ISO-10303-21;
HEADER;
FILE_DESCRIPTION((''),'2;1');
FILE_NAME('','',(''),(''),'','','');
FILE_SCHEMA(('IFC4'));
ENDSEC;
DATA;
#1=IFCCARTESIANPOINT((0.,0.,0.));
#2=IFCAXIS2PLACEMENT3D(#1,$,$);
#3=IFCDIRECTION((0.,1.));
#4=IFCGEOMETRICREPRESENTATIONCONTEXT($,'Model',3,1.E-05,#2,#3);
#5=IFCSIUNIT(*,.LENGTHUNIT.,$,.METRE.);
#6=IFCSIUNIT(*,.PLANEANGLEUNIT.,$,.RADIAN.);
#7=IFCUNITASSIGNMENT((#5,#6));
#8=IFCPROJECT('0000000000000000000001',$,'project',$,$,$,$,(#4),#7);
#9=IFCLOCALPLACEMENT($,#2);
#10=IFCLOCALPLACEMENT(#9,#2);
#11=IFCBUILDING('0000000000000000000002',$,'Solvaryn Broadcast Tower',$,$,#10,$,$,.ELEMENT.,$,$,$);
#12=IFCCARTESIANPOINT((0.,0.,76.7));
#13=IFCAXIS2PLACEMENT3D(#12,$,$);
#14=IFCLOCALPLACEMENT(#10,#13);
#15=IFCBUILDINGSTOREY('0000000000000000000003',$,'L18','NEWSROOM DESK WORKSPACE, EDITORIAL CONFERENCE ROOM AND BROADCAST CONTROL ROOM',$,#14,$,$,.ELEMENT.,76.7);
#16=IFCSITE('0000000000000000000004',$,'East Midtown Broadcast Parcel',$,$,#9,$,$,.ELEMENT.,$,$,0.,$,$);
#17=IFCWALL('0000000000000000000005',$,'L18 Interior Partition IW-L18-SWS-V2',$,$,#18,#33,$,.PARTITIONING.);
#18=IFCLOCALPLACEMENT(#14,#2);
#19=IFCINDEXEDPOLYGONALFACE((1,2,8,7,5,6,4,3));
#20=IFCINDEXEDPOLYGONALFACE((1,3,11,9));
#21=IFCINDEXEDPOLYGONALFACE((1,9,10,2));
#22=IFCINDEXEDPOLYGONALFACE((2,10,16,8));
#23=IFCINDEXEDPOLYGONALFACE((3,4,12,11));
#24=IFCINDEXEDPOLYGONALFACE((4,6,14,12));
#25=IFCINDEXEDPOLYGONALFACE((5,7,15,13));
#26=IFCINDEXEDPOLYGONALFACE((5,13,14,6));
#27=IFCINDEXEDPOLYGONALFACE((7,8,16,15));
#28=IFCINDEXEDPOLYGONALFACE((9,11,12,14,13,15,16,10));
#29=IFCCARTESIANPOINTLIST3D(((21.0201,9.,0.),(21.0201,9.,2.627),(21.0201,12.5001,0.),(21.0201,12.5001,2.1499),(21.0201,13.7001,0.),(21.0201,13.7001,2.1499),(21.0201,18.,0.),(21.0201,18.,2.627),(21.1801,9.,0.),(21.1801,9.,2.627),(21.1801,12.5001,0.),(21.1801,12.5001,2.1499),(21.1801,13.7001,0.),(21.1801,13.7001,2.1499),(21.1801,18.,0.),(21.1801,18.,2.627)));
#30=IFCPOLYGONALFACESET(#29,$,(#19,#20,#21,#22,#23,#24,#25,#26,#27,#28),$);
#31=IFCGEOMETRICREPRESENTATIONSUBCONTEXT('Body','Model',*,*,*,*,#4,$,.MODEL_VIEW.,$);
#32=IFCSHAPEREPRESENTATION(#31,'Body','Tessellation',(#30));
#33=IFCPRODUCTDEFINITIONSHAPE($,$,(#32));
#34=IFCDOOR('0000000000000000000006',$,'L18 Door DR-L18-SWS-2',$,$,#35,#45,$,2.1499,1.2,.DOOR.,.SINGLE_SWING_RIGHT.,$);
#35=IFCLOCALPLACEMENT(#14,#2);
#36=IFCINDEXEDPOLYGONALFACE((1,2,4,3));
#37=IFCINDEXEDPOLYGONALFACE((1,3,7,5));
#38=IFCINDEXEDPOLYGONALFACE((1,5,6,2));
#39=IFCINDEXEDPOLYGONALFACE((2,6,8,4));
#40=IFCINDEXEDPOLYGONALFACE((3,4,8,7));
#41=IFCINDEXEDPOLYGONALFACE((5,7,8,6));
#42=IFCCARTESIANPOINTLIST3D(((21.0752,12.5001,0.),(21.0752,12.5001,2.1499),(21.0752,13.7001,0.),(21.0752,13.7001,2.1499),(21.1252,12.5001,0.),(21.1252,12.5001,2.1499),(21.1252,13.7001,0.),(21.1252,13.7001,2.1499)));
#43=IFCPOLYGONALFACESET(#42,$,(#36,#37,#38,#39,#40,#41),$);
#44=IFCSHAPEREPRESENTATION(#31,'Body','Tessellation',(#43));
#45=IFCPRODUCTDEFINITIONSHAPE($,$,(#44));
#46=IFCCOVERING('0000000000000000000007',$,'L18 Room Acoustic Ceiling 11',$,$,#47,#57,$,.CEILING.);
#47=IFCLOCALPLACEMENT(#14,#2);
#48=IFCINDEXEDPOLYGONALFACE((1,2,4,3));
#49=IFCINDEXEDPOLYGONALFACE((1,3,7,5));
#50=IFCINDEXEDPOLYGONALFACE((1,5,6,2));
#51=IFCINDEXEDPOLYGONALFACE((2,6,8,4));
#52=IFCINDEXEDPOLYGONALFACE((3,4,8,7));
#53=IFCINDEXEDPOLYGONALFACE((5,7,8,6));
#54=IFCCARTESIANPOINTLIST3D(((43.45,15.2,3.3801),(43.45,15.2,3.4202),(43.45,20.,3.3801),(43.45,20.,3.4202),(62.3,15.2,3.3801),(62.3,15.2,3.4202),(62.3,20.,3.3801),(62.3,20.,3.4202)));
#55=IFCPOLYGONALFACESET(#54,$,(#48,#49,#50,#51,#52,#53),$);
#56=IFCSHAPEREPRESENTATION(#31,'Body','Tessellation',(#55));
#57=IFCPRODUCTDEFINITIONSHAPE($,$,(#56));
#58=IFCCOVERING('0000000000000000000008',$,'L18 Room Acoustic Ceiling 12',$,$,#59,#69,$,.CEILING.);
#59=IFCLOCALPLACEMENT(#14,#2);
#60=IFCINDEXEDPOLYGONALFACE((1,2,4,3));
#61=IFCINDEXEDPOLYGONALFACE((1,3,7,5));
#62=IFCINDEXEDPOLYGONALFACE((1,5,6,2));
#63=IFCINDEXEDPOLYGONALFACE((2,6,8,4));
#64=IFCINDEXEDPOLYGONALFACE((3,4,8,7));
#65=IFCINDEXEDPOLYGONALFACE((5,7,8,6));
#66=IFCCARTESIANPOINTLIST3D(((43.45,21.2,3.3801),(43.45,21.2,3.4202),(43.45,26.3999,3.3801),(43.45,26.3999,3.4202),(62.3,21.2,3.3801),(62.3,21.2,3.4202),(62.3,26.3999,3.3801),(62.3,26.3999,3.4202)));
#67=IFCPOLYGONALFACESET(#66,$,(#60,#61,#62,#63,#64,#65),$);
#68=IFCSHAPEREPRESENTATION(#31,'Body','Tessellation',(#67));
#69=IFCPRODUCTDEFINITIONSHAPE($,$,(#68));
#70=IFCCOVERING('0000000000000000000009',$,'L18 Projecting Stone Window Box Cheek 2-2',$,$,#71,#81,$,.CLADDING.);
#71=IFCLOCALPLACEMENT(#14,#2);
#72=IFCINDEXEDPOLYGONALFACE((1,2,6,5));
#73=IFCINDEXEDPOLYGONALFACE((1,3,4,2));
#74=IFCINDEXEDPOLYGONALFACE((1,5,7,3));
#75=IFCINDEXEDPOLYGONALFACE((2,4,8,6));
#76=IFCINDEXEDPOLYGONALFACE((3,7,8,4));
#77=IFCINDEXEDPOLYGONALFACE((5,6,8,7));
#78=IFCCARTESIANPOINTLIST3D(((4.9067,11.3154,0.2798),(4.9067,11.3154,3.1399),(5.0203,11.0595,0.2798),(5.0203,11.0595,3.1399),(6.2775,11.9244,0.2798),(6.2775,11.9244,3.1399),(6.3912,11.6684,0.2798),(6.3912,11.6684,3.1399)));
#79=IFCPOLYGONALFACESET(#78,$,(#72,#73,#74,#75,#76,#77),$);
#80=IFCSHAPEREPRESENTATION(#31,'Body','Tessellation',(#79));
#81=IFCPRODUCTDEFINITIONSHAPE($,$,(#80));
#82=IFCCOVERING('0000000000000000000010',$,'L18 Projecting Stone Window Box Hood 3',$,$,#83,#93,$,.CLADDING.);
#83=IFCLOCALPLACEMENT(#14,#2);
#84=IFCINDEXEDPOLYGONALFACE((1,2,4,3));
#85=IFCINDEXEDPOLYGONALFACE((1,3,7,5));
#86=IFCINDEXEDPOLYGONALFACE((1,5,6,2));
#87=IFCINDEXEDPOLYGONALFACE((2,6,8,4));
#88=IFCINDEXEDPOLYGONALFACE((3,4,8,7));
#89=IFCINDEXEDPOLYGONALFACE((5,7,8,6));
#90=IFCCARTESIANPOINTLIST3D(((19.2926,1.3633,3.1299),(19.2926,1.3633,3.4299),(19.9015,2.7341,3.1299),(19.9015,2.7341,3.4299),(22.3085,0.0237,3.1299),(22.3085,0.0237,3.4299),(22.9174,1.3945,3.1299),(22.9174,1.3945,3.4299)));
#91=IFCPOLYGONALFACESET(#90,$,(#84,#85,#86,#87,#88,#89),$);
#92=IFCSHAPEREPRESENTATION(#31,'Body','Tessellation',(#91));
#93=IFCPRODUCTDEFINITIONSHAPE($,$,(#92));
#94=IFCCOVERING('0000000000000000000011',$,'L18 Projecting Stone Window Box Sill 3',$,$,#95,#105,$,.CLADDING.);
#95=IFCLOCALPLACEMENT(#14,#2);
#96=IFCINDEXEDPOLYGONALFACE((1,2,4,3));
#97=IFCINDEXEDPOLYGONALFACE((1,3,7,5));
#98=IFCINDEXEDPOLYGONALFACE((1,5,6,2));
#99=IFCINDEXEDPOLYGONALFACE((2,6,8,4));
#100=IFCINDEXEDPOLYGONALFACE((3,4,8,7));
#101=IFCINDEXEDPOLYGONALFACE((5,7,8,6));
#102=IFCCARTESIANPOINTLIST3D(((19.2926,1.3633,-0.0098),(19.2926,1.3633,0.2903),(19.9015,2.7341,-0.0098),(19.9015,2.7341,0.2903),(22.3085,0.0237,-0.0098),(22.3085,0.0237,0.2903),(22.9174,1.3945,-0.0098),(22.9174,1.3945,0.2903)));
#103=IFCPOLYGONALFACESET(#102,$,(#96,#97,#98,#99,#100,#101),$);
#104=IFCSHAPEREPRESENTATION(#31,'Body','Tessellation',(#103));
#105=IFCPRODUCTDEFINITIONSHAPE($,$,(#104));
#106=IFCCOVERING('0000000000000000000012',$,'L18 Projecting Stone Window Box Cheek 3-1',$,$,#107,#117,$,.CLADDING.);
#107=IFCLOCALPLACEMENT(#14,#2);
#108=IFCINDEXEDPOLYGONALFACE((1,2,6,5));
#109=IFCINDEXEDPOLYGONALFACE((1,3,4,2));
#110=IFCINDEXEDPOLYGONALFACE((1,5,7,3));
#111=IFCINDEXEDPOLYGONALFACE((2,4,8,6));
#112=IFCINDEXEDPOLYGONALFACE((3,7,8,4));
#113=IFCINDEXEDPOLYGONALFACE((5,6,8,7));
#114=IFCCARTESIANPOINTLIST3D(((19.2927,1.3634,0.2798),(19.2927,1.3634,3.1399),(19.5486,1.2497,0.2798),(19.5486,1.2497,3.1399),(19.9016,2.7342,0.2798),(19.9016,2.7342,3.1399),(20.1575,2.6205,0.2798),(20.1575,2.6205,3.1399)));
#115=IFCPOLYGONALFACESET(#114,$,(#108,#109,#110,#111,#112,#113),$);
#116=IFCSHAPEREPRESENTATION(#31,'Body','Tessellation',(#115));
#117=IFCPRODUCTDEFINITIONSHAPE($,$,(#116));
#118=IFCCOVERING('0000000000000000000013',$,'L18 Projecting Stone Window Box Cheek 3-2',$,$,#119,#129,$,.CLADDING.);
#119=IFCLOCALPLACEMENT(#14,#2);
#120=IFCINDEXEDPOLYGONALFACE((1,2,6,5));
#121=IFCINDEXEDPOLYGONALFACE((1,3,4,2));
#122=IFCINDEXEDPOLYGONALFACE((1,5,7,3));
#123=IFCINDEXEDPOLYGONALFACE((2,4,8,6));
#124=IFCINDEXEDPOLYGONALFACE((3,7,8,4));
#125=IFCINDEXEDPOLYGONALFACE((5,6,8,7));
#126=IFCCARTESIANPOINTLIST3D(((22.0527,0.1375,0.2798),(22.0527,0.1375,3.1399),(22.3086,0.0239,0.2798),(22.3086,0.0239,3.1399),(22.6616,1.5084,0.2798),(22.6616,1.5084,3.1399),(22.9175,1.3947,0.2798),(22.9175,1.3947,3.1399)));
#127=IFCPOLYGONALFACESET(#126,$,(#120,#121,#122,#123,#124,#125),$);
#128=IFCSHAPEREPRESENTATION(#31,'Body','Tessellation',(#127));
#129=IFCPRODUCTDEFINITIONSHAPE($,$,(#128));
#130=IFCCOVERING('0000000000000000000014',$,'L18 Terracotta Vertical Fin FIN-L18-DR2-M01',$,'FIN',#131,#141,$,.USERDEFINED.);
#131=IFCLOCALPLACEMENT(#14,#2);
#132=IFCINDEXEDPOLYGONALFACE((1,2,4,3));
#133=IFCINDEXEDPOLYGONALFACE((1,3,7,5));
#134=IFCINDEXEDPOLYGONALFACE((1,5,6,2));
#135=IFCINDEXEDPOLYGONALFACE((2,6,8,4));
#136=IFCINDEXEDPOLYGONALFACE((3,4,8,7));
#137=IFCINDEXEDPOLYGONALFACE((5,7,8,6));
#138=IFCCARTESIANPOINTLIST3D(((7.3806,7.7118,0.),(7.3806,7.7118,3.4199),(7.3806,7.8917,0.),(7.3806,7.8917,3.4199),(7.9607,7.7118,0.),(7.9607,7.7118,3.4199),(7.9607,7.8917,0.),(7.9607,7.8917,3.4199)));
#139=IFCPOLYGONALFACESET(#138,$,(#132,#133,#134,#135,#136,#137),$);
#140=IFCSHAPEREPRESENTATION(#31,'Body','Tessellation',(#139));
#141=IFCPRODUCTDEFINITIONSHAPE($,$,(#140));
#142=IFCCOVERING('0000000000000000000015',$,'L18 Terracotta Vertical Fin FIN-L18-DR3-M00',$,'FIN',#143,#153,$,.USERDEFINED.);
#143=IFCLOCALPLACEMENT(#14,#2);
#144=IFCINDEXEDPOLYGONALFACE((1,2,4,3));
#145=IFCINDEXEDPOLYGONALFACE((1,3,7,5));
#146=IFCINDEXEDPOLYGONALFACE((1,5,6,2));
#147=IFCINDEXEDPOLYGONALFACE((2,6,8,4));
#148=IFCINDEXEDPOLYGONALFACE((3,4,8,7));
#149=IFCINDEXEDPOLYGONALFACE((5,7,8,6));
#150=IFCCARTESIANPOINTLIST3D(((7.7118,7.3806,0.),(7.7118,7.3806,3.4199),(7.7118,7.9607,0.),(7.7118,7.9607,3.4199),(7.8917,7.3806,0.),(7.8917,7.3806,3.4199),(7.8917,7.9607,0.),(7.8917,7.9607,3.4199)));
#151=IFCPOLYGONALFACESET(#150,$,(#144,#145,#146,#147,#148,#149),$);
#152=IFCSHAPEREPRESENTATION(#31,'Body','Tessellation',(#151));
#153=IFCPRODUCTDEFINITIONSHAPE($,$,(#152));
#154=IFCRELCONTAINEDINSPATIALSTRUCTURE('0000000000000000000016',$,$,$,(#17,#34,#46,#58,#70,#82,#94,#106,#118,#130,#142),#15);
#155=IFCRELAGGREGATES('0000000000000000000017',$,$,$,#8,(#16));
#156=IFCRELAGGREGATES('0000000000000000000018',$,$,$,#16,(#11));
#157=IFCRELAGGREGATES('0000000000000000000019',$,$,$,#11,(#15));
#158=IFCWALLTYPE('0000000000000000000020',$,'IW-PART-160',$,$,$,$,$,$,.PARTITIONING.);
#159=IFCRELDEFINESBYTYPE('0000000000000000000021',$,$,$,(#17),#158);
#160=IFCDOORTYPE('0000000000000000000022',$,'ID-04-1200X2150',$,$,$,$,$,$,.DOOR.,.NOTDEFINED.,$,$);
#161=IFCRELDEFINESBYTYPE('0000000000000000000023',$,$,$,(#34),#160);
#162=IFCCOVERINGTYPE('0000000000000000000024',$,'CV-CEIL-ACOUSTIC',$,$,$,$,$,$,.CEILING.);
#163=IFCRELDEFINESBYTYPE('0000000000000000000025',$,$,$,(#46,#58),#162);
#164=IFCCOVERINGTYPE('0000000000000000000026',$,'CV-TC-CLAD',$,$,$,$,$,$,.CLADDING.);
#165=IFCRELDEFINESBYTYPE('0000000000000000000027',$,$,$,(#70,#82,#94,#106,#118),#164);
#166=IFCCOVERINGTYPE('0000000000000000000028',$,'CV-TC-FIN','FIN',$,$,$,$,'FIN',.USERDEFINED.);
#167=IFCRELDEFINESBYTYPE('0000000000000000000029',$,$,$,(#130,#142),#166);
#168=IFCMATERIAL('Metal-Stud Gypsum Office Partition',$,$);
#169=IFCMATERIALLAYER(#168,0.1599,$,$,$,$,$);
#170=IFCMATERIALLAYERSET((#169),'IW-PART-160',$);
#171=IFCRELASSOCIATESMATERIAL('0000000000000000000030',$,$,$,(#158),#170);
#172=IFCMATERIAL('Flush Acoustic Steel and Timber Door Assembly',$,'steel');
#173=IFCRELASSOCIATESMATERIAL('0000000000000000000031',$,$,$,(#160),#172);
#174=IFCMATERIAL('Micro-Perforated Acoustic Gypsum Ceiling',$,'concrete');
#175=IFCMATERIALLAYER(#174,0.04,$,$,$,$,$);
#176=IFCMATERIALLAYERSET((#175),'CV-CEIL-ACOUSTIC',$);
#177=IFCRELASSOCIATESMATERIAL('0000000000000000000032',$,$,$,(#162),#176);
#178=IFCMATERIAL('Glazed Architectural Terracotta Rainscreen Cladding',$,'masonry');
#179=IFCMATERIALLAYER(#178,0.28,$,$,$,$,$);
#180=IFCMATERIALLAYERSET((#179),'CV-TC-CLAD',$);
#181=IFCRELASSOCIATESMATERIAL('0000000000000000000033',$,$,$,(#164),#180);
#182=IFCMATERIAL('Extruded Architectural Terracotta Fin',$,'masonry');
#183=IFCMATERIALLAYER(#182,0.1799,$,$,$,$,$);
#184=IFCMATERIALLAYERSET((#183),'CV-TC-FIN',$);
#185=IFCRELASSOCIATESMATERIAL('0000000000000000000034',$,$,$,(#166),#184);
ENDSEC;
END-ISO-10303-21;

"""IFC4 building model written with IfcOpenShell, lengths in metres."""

from ifc_helpers import new_model, si_unit, direction, frame, frame_2d, origin, origin_2d, place, context, subcontext, project, spatial, polyline, rectangle, outline, extrude, material, layer, layer_set, type_object, element, fill, save


model = new_model("IFC4")

# Units and contexts
model_context = context("Model", 3, precision=1e-05, world=origin(), true_north=direction((0.0, 1.0)))
body_context = subcontext(model_context, "Body", "Model", "MODEL_VIEW")
ifc_project = project(units=[si_unit("LENGTHUNIT", "METRE"), si_unit("PLANEANGLEUNIT", "RADIAN")], contexts=[model_context])

# Site, building, storey
site_placement = place(None, origin())
site = spatial("IfcSite", under=ifc_project, at=site_placement, Name="East Midtown Broadcast Parcel", CompositionType="ELEMENT", RefElevation=0.0)
building_placement = place(site_placement, origin())
building = spatial("IfcBuilding", under=site, at=building_placement, Name="Solvaryn Broadcast Tower", CompositionType="ELEMENT")
storey_placement = place(building_placement, frame((0.0, 0.0, 76.7)))
storey = spatial("IfcBuildingStorey", under=building, at=storey_placement, Name="L18", Description="NEWSROOM DESK WORKSPACE, EDITORIAL CONFERENCE ROOM AND BROADCAST CONTROL ROOM", CompositionType="ELEMENT", Elevation=76.7)

# Shared definitions
ifc_material_1 = material(Name="Metal-Stud Gypsum Office Partition")
ifc_layer_1 = layer(ifc_material_1, 0.1599)
ifc_layer_set_1 = layer_set([ifc_layer_1], Name="IW-PART-160")
wall_type = type_object("IfcWallType", Name="IW-PART-160", PredefinedType="PARTITIONING", material=ifc_layer_set_1)
ifc_material_2 = material(Name="Flush Acoustic Steel and Timber Door Assembly", Category="steel")
door_type_1 = type_object("IfcDoorType", Name="ID-04-1200X2150", OperationType="NOTDEFINED", PredefinedType="DOOR", material=ifc_material_2)

# Wall, opening, door
wall_1_placement = place(storey_placement, frame((21.1001, 9.0, 0.0), z_axis=(0.0, 0.0, 1.0), x_axis=(0.0, 1.0, 0.0)))
wall_1 = element("IfcWall", 1, at=wall_1_placement, inside=storey, type_object=wall_type, Name="L18 Interior Partition IW-L18-SWS-V2", PredefinedType="PARTITIONING", context=body_context, shape_type="SweptSolid", body=[
    extrude(rectangle(XDim=9.0, YDim=0.1599, at=frame_2d((4.5, 0.0))), origin(), (0.0, 0.0, 1.0), 2.627),
])
opening_1_placement = place(wall_1_placement, frame((3.5, 0.0, 0.0)))
opening_1 = element("IfcOpeningElement", 2, at=opening_1_placement, cuts=wall_1, PredefinedType="OPENING", context=body_context, shape_type="SweptSolid", body=[
    extrude(rectangle(XDim=1.2, YDim=2.1499, at=frame_2d((0.6001, 1.075))), frame((0.0, 0.0901, 0.0), z_axis=(0.0, -1.0, 0.0), x_axis=(1.0, 0.0, 0.0)), (0.0, 0.0, 1.0), 0.1799),
])
door_1_placement = place(opening_1_placement, origin())
door_1 = element("IfcDoor", 3, at=door_1_placement, inside=storey, type_object=door_type_1, Name="L18 Door DR-L18-SWS-2", OperationType="SINGLE_SWING_RIGHT", OverallHeight=2.1499, OverallWidth=1.2, PredefinedType="DOOR", context=body_context, shape_type="SweptSolid", body=[
    extrude(rectangle(XDim=1.2, YDim=2.1499, at=frame_2d((0.6001, 1.075))), frame((0.0, 0.0249, 0.0), z_axis=(0.0, -1.0, 0.0), x_axis=(1.0, 0.0, 0.0)), (0.0, 0.0, 1.0), 0.05),
])
fill(opening_1, door_1)

# Coverings
ifc_material_3 = material(Name="Micro-Perforated Acoustic Gypsum Ceiling", Category="concrete")
ifc_layer_2 = layer(ifc_material_3, 0.04)
ifc_layer_set_2 = layer_set([ifc_layer_2], Name="CV-CEIL-ACOUSTIC")
covering_type_1 = type_object("IfcCoveringType", Name="CV-CEIL-ACOUSTIC", PredefinedType="CEILING", material=ifc_layer_set_2)
covering_1_placement = place(storey_placement, frame((0.0, 0.0, 3.3801)))
element("IfcCovering", 4, at=covering_1_placement, inside=storey, type_object=covering_type_1, Name="L18 Room Acoustic Ceiling 11", PredefinedType="CEILING", context=body_context, shape_type="SweptSolid", body=[
    extrude(outline(polyline([(43.45, 15.2), (62.3, 15.2), (62.3, 20.0), (43.45, 20.0), (43.45, 15.2)])), origin(), (0.0, 0.0, 1.0), 0.04),
])
covering_2_placement = place(storey_placement, frame((0.0, 0.0, 3.3801)))
element("IfcCovering", 5, at=covering_2_placement, inside=storey, type_object=covering_type_1, Name="L18 Room Acoustic Ceiling 12", PredefinedType="CEILING", context=body_context, shape_type="SweptSolid", body=[
    extrude(outline(polyline([(43.45, 21.2), (62.3, 21.2), (62.3, 26.3999), (43.45, 26.3999), (43.45, 21.2)])), origin(), (0.0, 0.0, 1.0), 0.04),
])
ifc_material_4 = material(Name="Glazed Architectural Terracotta Rainscreen Cladding", Category="masonry")
ifc_layer_3 = layer(ifc_material_4, 0.28)
ifc_layer_set_3 = layer_set([ifc_layer_3], Name="CV-TC-CLAD")
covering_type_2 = type_object("IfcCoveringType", Name="CV-TC-CLAD", PredefinedType="CLADDING", material=ifc_layer_set_3)
covering_3_placement = place(storey_placement, frame((5.6489, 11.4919, 0.2798), z_axis=(0.0, 0.0, 1.0), x_axis=(0.405939, -0.9139, 0.0)))
element("IfcCovering", 6, at=covering_3_placement, inside=storey, type_object=covering_type_2, Name="L18 Projecting Stone Window Box Cheek 2-2", PredefinedType="CLADDING", context=body_context, shape_type="SweptSolid", body=[
    extrude(rectangle(XDim=0.28, YDim=1.5, at=origin_2d()), origin(), (0.0, 0.0, 1.0), 2.8601),
])
for number, where, z_axis, x_axis, name in (
    (7, (21.105, 1.3789, 3.1299), (0.0, 0.0, 1.0), (0.9139, -0.405939, 0.0), "L18 Projecting Stone Window Box Hood 3"),
    (8, (21.105, 1.3789, -0.0098), (0.0, 0.0, 1.0), (0.9139, -0.405939, 0.0), "L18 Projecting Stone Window Box Sill 3"),
):
    element("IfcCovering", number, at=place(storey_placement, frame(where, z_axis=z_axis, x_axis=x_axis)), inside=storey, type_object=covering_type_2, Name=name, PredefinedType="CLADDING", context=body_context, shape_type="SweptSolid", body=[
        extrude(rectangle(XDim=3.3, YDim=1.5, at=origin_2d()), origin(), (0.0, 0.0, 1.0), 0.3),
    ])
for number, where, z_axis, x_axis, name in (
    (9, (19.7251, 1.9919, 0.2798), (0.0, 0.0, 1.0), (0.9139, -0.405939, 0.0), "L18 Projecting Stone Window Box Cheek 3-1"),
    (10, (22.4851, 0.7661, 0.2798), (0.0, 0.0, 1.0), (0.9139, -0.405939, 0.0), "L18 Projecting Stone Window Box Cheek 3-2"),
):
    element("IfcCovering", number, at=place(storey_placement, frame(where, z_axis=z_axis, x_axis=x_axis)), inside=storey, type_object=covering_type_2, Name=name, PredefinedType="CLADDING", context=body_context, shape_type="SweptSolid", body=[
        extrude(rectangle(XDim=0.28, YDim=1.5, at=origin_2d()), origin(), (0.0, 0.0, 1.0), 2.8601),
    ])
ifc_material_5 = material(Name="Extruded Architectural Terracotta Fin", Category="masonry")
ifc_layer_4 = layer(ifc_material_5, 0.1799)
ifc_layer_set_4 = layer_set([ifc_layer_4], Name="CV-TC-FIN")
covering_type_3 = type_object("IfcCoveringType", Name="CV-TC-FIN", Description="FIN", ElementType="FIN", PredefinedType="USERDEFINED", material=ifc_layer_set_4)
covering_4_placement = place(storey_placement, frame((7.6707, 7.8018, 0.0), z_axis=(0.0, 0.0, 1.0), x_axis=(1.0, 0.0, 0.0)))
element("IfcCovering", 11, at=covering_4_placement, inside=storey, type_object=covering_type_3, Name="L18 Terracotta Vertical Fin FIN-L18-DR2-M01", ObjectType="FIN", PredefinedType="USERDEFINED", context=body_context, shape_type="SweptSolid", body=[
    extrude(rectangle(XDim=0.5801, YDim=0.1799, at=origin_2d()), origin(), (0.0, 0.0, 1.0), 3.4199),
])
covering_5_placement = place(storey_placement, frame((7.8018, 7.6707, 0.0), z_axis=(0.0, 0.0, 1.0), x_axis=(1.0, 0.0, 0.0)))
element("IfcCovering", 12, at=covering_5_placement, inside=storey, type_object=covering_type_3, Name="L18 Terracotta Vertical Fin FIN-L18-DR3-M00", ObjectType="FIN", PredefinedType="USERDEFINED", context=body_context, shape_type="SweptSolid", body=[
    extrude(rectangle(XDim=0.1799, YDim=0.5801, at=origin_2d()), origin(), (0.0, 0.0, 1.0), 3.4199),
])

save(model, "model.ifc")
